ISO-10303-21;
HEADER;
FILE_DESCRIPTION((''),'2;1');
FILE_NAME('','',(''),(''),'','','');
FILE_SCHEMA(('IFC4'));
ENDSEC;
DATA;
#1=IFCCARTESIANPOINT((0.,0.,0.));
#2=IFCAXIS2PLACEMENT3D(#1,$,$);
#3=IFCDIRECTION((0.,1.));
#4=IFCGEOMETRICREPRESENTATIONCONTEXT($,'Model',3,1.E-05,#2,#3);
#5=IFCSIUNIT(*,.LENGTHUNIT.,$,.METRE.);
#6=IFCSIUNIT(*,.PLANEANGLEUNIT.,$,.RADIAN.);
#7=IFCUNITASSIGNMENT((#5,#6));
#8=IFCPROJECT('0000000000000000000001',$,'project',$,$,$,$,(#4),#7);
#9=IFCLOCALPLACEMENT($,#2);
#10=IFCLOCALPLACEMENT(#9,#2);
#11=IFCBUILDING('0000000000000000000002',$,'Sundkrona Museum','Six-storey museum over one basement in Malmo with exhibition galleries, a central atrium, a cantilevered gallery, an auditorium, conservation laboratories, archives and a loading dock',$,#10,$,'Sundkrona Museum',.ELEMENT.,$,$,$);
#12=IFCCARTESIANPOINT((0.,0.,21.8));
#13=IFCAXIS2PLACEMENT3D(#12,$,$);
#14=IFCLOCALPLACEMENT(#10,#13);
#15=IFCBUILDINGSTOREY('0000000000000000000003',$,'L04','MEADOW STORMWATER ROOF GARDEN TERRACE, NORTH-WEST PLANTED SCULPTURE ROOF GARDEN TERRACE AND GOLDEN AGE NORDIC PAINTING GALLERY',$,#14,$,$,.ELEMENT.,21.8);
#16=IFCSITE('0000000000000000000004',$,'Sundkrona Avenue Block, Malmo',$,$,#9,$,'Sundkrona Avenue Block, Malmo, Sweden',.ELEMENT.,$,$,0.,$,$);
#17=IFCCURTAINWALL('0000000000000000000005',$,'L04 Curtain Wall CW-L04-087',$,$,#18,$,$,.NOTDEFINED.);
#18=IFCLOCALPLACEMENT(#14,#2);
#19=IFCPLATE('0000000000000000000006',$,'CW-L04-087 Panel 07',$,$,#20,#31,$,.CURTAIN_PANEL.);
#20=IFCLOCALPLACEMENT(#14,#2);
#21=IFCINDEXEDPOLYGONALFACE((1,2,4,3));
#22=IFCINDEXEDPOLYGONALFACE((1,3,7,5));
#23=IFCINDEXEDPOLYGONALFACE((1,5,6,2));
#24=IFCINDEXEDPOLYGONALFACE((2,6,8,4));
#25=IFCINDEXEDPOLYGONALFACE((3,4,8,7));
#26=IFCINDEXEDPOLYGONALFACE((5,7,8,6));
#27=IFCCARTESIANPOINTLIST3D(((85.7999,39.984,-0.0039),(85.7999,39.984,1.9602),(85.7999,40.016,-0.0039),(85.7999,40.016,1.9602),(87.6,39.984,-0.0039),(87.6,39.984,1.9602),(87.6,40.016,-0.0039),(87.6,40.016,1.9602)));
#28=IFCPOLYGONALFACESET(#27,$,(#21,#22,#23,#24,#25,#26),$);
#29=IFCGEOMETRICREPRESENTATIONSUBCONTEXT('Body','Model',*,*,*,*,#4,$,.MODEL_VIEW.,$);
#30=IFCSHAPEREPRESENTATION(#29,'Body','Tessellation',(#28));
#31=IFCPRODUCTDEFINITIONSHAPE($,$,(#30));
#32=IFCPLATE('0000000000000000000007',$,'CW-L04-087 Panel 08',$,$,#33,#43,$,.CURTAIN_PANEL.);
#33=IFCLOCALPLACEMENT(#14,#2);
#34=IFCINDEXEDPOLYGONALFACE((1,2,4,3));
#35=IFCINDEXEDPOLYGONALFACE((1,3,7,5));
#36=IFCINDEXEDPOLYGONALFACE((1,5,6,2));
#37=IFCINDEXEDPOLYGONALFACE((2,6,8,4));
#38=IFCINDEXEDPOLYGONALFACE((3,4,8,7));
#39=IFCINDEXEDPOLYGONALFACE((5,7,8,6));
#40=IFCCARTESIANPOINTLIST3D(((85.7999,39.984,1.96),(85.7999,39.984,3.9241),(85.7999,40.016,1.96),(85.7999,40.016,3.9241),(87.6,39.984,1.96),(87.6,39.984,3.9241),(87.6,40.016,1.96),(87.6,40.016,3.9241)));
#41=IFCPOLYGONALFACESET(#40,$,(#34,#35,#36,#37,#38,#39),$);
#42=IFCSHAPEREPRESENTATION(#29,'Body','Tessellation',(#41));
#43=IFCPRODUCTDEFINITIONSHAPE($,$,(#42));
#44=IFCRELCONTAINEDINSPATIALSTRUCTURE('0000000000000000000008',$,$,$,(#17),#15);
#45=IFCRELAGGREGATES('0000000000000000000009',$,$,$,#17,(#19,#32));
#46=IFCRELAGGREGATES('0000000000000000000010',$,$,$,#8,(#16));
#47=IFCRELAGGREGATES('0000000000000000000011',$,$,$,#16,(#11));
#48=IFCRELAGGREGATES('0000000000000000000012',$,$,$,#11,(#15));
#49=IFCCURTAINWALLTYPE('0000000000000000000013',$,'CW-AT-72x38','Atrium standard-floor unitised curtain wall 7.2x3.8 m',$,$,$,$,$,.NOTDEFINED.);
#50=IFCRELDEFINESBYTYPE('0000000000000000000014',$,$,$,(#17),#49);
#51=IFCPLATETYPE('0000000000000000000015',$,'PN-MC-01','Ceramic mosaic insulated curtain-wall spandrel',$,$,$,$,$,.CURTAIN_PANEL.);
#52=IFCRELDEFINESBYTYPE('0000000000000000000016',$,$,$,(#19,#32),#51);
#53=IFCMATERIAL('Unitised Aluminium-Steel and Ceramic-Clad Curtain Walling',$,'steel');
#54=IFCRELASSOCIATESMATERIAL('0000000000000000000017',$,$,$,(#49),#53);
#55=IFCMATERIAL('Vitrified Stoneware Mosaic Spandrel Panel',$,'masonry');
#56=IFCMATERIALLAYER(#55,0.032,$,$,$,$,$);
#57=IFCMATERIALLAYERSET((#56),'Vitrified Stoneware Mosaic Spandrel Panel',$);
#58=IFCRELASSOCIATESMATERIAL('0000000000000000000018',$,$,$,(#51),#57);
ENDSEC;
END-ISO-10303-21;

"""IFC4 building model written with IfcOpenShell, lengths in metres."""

from ifc_helpers import new_model, si_unit, direction, frame, origin, origin_2d, place, context, subcontext, project, spatial, rectangle, extrude, material, layer, layer_set, type_object, element, aggregate, save


model = new_model("IFC4")

# Units and contexts
model_context = context("Model", 3, precision=1e-05, world=origin(), true_north=direction((0.0, 1.0)))
body_context = subcontext(model_context, "Body", "Model", "MODEL_VIEW")
ifc_project = project(units=[si_unit("LENGTHUNIT", "METRE"), si_unit("PLANEANGLEUNIT", "RADIAN")], contexts=[model_context])

# Site, building, storey
site_placement = place(None, origin())
site = spatial("IfcSite", under=ifc_project, at=site_placement, Name="Sundkrona Avenue Block, Malmo", LongName="Sundkrona Avenue Block, Malmo, Sweden", CompositionType="ELEMENT", RefElevation=0.0)
building_placement = place(site_placement, origin())
building = spatial("IfcBuilding", under=site, at=building_placement, Name="Sundkrona Museum", Description="Six-storey museum over one basement in Malmo with exhibition galleries, a central atrium, a cantilevered gallery, an auditorium, conservation laboratories, archives and a loading dock", LongName="Sundkrona Museum", CompositionType="ELEMENT")
storey_placement = place(building_placement, frame((0.0, 0.0, 21.8)))
storey = spatial("IfcBuildingStorey", under=building, at=storey_placement, Name="L04", Description="MEADOW STORMWATER ROOF GARDEN TERRACE, NORTH-WEST PLANTED SCULPTURE ROOF GARDEN TERRACE AND GOLDEN AGE NORDIC PAINTING GALLERY", CompositionType="ELEMENT", Elevation=21.8)

# Curtain wall
ifc_material_1 = material(Name="Unitised Aluminium-Steel and Ceramic-Clad Curtain Walling", Category="steel")
curtain_wall_type = type_object("IfcCurtainWallType", Name="CW-AT-72x38", Description="Atrium standard-floor unitised curtain wall 7.2x3.8 m", PredefinedType="NOTDEFINED", material=ifc_material_1)
curtain_wall_1_placement = place(storey_placement, origin())
curtain_wall_1 = element("IfcCurtainWall", 1, at=curtain_wall_1_placement, inside=storey, type_object=curtain_wall_type, Name="L04 Curtain Wall CW-L04-087", PredefinedType="NOTDEFINED")

# Plates
ifc_material_2 = material(Name="Vitrified Stoneware Mosaic Spandrel Panel", Category="masonry")
ifc_layer_1 = layer(ifc_material_2, 0.032)
ifc_layer_set_1 = layer_set([ifc_layer_1], Name="Vitrified Stoneware Mosaic Spandrel Panel")
plate_type_1 = type_object("IfcPlateType", Name="PN-MC-01", Description="Ceramic mosaic insulated curtain-wall spandrel", PredefinedType="CURTAIN_PANEL", material=ifc_layer_set_1)
plate_1_placement = place(storey_placement, frame((86.7, 40.0, -0.0039), z_axis=(0.0, 0.0, 1.0), x_axis=(1.0, 0.0, 0.0)))
plate_1 = element("IfcPlate", 2, at=plate_1_placement, type_object=plate_type_1, Name="CW-L04-087 Panel 07", PredefinedType="CURTAIN_PANEL", context=body_context, shape_type="SweptSolid", body=[
    extrude(rectangle(XDim=1.8, YDim=0.032, at=origin_2d()), origin(), (0.0, 0.0, 1.0), 1.9641),
])
plate_2_placement = place(storey_placement, frame((86.7, 40.0, 1.96), z_axis=(0.0, 0.0, 1.0), x_axis=(1.0, 0.0, 0.0)))
plate_2 = element("IfcPlate", 3, at=plate_2_placement, type_object=plate_type_1, Name="CW-L04-087 Panel 08", PredefinedType="CURTAIN_PANEL", context=body_context, shape_type="SweptSolid", body=[
    extrude(rectangle(XDim=1.8, YDim=0.032, at=origin_2d()), origin(), (0.0, 0.0, 1.0), 1.9641),
])
aggregate(curtain_wall_1, [plate_1, plate_2])

save(model, "model.ifc")
